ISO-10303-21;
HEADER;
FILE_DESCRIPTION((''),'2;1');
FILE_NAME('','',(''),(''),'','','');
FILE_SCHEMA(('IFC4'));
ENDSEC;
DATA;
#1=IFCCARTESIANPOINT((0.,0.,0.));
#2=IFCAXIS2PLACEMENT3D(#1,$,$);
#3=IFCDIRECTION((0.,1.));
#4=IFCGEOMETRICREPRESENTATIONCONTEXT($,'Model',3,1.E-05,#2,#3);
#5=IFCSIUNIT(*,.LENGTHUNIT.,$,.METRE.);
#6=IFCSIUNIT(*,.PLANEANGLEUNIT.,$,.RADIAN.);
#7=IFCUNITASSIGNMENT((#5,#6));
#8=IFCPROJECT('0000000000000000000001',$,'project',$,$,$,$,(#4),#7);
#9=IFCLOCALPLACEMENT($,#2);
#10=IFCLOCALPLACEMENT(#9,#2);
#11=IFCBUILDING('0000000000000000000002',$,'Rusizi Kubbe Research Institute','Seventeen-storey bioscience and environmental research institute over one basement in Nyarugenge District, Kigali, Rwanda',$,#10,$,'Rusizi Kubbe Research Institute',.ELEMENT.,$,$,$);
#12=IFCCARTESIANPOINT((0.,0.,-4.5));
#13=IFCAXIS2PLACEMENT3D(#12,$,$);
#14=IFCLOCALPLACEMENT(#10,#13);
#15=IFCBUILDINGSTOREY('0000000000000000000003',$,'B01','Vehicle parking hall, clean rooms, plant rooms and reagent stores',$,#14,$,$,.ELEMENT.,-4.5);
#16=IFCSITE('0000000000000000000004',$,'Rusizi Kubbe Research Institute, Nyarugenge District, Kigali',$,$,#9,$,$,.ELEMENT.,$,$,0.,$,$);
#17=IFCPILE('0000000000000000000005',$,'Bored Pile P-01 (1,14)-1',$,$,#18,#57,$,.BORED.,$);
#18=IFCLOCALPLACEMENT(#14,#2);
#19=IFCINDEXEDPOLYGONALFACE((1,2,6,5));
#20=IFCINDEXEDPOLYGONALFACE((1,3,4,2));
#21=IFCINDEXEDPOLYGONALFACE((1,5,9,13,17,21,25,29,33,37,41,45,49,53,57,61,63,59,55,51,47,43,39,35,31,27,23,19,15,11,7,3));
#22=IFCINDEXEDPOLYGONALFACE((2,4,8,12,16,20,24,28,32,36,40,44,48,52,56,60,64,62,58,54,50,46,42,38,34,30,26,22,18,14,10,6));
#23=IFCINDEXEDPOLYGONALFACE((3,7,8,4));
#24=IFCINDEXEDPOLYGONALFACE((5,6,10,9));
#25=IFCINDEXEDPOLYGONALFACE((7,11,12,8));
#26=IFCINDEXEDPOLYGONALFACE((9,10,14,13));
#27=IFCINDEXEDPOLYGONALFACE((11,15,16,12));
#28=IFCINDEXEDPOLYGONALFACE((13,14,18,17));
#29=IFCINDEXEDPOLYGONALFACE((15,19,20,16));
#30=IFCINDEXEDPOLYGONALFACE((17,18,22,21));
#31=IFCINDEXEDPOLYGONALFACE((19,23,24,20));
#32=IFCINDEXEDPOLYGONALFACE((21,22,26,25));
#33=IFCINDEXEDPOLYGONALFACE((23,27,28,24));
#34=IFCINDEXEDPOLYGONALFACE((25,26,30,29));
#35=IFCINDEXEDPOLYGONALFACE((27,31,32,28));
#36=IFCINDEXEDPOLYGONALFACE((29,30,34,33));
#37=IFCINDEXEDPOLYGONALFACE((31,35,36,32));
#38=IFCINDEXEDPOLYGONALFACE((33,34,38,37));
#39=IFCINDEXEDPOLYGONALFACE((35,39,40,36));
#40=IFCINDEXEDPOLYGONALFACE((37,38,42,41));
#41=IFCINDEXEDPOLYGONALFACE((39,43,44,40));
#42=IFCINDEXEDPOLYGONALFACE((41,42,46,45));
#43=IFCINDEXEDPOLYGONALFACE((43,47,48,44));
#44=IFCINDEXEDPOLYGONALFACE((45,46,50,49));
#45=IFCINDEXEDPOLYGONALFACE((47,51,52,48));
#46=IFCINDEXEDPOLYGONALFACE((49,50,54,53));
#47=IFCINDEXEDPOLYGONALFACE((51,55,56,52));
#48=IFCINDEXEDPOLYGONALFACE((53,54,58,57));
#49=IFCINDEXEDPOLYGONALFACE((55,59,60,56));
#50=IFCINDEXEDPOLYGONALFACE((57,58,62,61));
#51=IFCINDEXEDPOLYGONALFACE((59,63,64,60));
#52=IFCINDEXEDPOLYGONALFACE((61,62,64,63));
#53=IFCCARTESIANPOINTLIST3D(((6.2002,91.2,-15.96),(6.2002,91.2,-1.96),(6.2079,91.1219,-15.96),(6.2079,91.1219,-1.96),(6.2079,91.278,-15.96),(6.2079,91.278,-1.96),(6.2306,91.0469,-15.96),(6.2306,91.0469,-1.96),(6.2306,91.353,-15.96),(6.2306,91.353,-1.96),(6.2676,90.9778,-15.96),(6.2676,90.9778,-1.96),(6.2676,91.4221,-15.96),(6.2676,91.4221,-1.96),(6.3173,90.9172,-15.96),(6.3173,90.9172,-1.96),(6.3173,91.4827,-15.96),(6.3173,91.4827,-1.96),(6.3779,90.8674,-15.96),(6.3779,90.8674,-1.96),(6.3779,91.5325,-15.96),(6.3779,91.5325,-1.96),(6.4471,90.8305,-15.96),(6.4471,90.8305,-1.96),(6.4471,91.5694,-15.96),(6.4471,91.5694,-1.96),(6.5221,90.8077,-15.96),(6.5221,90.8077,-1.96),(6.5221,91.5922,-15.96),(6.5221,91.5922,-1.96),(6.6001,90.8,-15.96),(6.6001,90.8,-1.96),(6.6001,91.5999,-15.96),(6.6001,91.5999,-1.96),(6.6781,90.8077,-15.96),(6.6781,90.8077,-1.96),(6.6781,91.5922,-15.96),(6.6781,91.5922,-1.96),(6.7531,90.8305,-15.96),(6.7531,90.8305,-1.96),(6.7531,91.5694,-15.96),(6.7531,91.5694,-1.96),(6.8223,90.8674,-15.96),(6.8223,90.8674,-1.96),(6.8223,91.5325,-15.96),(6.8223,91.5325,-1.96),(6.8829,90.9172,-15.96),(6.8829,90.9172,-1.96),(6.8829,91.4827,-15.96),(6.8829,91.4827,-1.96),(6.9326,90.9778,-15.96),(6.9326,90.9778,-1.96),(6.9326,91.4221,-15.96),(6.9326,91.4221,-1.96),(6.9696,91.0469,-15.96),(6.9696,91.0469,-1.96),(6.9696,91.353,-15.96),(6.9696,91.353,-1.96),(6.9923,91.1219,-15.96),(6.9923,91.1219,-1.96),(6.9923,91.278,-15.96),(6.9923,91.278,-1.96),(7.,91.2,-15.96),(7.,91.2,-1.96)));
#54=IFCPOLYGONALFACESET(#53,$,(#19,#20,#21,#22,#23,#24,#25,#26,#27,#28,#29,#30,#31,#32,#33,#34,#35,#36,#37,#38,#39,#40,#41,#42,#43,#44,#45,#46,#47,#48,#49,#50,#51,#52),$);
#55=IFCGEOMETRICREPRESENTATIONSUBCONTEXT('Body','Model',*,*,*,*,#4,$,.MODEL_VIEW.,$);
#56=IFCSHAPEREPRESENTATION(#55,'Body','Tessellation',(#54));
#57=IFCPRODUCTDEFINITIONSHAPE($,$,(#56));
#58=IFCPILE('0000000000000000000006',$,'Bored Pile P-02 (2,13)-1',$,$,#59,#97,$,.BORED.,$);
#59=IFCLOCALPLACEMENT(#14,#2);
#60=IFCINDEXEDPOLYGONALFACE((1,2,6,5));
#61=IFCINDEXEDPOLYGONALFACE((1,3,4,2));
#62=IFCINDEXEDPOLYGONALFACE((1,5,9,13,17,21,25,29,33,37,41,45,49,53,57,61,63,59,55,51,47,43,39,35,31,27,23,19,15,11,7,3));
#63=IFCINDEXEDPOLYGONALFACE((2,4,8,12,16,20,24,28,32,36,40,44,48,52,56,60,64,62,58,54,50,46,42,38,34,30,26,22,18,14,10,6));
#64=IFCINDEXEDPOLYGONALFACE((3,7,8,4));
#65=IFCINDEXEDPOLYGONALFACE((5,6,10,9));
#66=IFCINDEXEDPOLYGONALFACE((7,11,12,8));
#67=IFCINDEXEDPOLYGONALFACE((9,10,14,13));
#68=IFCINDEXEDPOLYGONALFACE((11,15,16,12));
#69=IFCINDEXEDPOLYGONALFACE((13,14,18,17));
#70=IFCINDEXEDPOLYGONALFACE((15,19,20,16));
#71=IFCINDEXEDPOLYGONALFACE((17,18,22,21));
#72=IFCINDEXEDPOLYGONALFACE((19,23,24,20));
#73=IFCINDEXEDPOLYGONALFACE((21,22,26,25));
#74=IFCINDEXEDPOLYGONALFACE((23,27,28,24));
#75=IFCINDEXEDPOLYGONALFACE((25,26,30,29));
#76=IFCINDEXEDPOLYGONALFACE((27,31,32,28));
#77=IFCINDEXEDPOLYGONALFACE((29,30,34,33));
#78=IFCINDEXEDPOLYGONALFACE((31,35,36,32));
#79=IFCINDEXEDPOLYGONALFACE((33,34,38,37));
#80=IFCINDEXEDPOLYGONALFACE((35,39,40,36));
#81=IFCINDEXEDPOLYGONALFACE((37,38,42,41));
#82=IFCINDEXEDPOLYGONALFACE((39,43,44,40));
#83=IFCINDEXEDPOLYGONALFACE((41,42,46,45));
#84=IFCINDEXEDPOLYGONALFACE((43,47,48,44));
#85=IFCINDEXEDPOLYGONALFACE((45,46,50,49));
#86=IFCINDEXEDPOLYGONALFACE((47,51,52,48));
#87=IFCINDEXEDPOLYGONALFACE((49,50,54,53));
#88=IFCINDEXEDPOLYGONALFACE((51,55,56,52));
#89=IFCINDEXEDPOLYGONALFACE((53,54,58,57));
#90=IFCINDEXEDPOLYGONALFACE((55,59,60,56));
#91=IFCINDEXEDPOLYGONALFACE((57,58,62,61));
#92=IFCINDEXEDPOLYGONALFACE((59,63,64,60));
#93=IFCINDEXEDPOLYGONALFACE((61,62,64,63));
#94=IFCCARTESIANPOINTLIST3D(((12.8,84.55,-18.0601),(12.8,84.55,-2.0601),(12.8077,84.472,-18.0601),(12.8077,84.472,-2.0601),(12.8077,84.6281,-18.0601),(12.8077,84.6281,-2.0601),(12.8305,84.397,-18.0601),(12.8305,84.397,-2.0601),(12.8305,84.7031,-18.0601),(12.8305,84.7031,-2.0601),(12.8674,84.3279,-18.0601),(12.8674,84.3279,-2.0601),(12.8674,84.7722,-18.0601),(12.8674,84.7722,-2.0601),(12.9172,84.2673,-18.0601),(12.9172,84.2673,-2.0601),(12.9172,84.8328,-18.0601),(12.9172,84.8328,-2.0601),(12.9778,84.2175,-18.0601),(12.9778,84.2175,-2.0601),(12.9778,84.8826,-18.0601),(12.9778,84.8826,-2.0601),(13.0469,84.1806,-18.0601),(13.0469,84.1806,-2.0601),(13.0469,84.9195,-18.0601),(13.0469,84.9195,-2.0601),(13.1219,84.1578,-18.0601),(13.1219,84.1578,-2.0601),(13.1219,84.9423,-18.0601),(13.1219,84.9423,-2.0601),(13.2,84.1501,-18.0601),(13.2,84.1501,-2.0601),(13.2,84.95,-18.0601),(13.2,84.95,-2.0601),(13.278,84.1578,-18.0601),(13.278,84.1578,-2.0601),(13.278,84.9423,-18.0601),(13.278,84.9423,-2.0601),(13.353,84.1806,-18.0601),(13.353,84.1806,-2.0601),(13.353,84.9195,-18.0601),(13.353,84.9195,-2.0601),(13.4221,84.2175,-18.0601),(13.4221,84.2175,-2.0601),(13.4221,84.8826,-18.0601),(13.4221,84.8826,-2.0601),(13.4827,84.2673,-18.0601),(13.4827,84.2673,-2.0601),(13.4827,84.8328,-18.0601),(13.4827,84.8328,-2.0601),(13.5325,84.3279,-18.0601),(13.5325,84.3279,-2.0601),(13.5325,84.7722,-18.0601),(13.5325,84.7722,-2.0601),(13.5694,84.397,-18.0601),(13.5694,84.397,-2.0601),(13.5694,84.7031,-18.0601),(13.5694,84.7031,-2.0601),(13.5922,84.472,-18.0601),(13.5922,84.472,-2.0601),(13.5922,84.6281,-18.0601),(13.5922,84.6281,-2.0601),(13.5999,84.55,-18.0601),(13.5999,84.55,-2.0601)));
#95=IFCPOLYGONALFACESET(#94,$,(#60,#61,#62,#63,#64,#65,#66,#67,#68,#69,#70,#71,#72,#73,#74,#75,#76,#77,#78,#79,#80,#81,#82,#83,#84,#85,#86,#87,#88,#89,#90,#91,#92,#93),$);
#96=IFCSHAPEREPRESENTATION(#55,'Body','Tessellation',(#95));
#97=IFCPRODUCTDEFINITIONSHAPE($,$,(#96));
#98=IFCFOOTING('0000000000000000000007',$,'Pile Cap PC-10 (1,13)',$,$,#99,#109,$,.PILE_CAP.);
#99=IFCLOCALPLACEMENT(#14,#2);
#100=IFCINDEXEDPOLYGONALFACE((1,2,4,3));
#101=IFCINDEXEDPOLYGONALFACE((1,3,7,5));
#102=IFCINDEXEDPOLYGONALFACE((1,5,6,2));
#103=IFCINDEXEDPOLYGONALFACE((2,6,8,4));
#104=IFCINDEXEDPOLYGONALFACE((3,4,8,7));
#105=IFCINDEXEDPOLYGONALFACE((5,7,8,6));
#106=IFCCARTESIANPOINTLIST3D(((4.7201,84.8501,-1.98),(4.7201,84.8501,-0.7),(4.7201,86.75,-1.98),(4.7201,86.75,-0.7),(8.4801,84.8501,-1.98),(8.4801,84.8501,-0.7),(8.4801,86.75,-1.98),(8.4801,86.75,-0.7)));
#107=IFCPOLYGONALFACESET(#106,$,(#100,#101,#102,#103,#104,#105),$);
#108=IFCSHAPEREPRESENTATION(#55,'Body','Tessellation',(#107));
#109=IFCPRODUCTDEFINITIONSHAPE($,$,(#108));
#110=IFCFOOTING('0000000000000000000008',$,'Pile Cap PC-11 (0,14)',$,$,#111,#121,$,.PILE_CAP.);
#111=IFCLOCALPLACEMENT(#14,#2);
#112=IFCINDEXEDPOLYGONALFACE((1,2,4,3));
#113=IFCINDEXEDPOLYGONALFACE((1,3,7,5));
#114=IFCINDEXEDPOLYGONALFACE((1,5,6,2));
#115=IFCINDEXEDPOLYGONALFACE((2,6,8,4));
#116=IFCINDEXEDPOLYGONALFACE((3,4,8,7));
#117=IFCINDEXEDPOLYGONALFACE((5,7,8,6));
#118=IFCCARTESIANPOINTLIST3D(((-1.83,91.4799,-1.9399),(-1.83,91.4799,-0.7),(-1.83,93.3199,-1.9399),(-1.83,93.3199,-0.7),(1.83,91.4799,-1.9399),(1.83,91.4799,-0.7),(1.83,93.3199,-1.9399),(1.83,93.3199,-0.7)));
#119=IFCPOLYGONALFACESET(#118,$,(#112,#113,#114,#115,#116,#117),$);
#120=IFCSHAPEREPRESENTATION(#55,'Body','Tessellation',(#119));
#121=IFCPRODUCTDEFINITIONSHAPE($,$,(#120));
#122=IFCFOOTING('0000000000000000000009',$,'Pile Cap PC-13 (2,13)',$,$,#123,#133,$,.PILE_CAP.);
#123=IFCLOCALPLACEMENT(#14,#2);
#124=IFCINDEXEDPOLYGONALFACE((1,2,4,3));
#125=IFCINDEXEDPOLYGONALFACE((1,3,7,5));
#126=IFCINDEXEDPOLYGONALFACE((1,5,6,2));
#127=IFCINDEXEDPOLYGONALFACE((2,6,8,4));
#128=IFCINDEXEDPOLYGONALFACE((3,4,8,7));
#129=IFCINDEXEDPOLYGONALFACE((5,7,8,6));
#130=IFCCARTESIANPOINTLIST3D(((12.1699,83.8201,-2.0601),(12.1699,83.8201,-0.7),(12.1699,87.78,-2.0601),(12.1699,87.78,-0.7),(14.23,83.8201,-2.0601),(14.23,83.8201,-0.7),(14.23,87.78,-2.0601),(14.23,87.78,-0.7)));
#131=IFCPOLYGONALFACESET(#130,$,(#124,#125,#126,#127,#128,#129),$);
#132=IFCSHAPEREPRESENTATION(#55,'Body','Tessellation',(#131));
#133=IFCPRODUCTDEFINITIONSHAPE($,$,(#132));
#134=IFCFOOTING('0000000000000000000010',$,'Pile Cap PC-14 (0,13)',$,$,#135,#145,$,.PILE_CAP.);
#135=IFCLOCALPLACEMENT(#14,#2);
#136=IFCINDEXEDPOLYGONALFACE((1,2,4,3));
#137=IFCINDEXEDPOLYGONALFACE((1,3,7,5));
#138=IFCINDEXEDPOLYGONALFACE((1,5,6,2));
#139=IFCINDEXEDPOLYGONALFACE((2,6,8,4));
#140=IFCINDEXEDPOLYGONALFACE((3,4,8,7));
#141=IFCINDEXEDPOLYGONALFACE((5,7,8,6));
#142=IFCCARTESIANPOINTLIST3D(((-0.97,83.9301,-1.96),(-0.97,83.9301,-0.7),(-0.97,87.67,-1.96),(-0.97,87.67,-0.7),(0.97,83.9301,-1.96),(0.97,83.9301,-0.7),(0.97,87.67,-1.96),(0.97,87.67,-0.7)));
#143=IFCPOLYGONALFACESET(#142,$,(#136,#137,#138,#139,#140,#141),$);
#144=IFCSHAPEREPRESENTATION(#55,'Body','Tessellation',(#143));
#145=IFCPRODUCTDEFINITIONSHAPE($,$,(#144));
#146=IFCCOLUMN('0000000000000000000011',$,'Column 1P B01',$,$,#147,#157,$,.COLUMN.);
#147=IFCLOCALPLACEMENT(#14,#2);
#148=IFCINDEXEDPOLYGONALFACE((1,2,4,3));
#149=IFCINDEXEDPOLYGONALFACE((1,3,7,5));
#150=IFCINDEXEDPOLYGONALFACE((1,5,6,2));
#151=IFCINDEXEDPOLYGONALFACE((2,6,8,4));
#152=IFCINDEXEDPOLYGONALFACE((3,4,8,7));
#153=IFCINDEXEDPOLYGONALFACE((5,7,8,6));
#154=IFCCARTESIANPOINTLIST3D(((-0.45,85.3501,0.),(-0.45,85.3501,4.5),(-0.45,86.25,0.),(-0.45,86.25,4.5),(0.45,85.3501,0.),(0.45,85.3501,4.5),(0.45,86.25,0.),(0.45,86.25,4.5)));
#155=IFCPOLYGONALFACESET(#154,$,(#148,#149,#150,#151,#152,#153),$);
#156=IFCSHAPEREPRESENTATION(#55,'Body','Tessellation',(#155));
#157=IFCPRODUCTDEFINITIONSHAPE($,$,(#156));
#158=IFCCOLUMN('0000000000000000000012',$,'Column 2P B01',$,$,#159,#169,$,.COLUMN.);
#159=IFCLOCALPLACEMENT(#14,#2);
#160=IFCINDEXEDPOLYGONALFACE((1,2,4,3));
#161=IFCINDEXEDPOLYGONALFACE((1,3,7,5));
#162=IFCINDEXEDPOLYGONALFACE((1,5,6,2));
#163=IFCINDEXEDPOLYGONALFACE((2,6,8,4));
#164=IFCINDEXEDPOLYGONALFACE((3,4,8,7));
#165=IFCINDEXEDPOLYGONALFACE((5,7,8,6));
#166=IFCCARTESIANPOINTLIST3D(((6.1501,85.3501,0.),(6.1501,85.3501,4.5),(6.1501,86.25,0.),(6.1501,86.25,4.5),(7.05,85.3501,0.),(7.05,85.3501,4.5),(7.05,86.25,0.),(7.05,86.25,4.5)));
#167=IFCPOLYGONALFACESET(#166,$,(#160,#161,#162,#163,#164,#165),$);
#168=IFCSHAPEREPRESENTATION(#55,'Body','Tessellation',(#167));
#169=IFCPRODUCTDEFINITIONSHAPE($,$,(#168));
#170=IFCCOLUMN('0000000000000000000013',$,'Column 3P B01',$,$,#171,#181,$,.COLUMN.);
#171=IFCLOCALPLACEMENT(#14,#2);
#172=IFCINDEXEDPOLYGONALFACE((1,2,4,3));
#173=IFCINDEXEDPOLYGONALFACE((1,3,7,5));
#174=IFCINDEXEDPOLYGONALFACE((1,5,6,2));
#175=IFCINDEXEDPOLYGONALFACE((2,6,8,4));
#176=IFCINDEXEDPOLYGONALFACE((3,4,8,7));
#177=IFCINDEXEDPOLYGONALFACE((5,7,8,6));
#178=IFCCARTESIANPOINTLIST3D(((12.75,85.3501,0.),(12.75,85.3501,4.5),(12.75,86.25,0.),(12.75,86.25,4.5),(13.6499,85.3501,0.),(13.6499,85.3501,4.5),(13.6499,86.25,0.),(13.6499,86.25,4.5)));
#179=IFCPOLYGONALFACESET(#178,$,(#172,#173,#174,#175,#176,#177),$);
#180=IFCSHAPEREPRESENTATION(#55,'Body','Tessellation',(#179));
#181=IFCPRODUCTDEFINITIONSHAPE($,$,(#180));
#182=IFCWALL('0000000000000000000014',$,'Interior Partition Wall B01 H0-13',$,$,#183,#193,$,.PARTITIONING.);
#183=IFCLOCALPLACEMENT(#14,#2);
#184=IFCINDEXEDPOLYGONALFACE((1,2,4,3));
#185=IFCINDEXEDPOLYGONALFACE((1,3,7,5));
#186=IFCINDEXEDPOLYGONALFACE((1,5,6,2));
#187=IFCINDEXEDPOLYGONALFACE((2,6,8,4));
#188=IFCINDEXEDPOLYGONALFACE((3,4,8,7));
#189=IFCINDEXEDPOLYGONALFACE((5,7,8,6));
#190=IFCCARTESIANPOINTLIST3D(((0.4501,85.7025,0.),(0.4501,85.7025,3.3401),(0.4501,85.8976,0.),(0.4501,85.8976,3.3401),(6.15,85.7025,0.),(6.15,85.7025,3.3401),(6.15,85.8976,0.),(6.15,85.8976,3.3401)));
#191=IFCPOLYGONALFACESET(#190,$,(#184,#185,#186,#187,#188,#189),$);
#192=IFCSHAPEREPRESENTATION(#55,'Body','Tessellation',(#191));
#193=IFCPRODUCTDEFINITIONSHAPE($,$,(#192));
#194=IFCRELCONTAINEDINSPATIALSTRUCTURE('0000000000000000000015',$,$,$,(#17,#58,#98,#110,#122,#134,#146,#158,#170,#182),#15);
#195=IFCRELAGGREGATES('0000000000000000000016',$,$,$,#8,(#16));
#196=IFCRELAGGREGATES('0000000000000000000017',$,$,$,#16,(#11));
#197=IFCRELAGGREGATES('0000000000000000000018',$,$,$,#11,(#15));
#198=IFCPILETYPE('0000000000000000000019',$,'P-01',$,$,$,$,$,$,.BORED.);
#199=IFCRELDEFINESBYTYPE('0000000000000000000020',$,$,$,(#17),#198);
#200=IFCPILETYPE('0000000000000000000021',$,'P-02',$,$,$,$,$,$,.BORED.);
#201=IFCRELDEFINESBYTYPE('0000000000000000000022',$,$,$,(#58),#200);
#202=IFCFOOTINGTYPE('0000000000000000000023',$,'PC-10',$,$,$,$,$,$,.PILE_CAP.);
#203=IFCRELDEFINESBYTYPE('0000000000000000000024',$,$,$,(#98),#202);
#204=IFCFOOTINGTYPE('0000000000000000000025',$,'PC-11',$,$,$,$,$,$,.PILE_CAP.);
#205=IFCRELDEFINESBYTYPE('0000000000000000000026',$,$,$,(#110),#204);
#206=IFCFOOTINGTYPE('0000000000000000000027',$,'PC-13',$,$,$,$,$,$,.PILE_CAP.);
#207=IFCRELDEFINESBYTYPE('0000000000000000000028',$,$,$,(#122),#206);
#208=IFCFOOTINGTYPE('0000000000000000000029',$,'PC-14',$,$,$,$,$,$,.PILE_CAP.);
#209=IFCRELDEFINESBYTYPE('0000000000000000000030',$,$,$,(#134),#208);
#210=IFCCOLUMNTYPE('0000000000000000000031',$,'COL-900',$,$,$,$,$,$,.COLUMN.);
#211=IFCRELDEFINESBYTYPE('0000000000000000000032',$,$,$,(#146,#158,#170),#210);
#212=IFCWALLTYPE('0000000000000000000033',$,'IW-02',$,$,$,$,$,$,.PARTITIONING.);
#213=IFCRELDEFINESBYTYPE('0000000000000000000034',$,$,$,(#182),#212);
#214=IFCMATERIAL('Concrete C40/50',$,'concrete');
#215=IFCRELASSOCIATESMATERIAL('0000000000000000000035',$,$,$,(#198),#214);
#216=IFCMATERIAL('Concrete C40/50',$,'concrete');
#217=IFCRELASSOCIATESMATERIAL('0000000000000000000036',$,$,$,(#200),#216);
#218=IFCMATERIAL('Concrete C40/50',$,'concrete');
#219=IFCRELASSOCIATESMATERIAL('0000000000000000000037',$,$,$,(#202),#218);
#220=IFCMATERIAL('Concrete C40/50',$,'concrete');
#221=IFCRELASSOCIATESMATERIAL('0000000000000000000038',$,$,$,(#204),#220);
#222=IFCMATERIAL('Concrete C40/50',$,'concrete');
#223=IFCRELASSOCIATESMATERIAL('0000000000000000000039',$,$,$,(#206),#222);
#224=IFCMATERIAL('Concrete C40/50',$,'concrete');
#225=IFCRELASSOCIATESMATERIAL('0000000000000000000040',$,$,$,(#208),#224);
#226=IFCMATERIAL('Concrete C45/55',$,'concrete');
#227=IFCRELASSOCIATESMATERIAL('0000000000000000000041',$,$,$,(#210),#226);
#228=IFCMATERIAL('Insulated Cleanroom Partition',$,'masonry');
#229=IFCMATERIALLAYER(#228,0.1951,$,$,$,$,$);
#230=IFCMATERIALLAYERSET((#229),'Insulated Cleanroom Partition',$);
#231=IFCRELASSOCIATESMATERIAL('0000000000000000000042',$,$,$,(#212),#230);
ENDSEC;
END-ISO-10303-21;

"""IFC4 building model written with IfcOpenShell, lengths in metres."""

from ifc_helpers import new_model, si_unit, direction, frame, frame_2d, origin, origin_2d, place, context, subcontext, project, spatial, rectangle, circle, extrude, material, layer, layer_set, material_profile, profile_set, type_object, element, save


model = new_model("IFC4")

# Units and contexts
model_context = context("Model", 3, precision=1e-05, world=origin(), true_north=direction((0.0, 1.0)))
body_context = subcontext(model_context, "Body", "Model", "MODEL_VIEW")
ifc_project = project(units=[si_unit("LENGTHUNIT", "METRE"), si_unit("PLANEANGLEUNIT", "RADIAN")], contexts=[model_context])

# Site, building, storey
site_placement = place(None, origin())
site = spatial("IfcSite", under=ifc_project, at=site_placement, Name="Rusizi Kubbe Research Institute, Nyarugenge District, Kigali", CompositionType="ELEMENT", RefElevation=0.0)
building_placement = place(site_placement, origin())
building = spatial("IfcBuilding", under=site, at=building_placement, Name="Rusizi Kubbe Research Institute", Description="Seventeen-storey bioscience and environmental research institute over one basement in Nyarugenge District, Kigali, Rwanda", LongName="Rusizi Kubbe Research Institute", CompositionType="ELEMENT")
storey_placement = place(building_placement, frame((0.0, 0.0, -4.5)))
storey = spatial("IfcBuildingStorey", under=building, at=storey_placement, Name="B01", Description="Vehicle parking hall, clean rooms, plant rooms and reagent stores", CompositionType="ELEMENT", Elevation=-4.5)

# Piles
ifc_material_1 = material(Name="Concrete C40/50", Category="concrete")
ifc_material_profile_1 = material_profile(ifc_material_1, circle(Radius=0.3999, at=origin_2d()), Name="PILE-D800")
ifc_profile_set_1 = profile_set([ifc_material_profile_1], Name="Concrete C40/50")
pile_type_1 = type_object("IfcPileType", Name="P-01", PredefinedType="BORED", material=ifc_profile_set_1)
for number, where, z_axis, x_axis, name in (
    (1, (6.6001, 91.2, -1.96), (0.0, 0.0, -1.0), (1.0, 0.0, 0.0), "Bored Pile P-01 (1,14)-1"),
):
    element("IfcPile", number, at=place(storey_placement, frame(where, z_axis=z_axis, x_axis=x_axis)), inside=storey, type_object=pile_type_1, Name=name, PredefinedType="BORED", context=body_context, shape_type="SweptSolid", body=[
        extrude(circle(Radius=0.3999, at=origin_2d()), origin(), (0.0, 0.0, 1.0), 14.0),
    ])
ifc_material_2 = material(Name="Concrete C40/50", Category="concrete")
ifc_material_profile_2 = material_profile(ifc_material_2, circle(Radius=0.3999, at=origin_2d()), Name="PILE-D800")
ifc_profile_set_2 = profile_set([ifc_material_profile_2], Name="Concrete C40/50")
pile_type_2 = type_object("IfcPileType", Name="P-02", PredefinedType="BORED", material=ifc_profile_set_2)
pile_placement = place(storey_placement, frame((13.2, 84.55, -2.0601), z_axis=(0.0, 0.0, -1.0), x_axis=(1.0, 0.0, 0.0)))
element("IfcPile", 2, at=pile_placement, inside=storey, type_object=pile_type_2, Name="Bored Pile P-02 (2,13)-1", PredefinedType="BORED", context=body_context, shape_type="SweptSolid", body=[
    extrude(circle(Radius=0.3999, at=origin_2d()), origin(), (0.0, 0.0, 1.0), 16.0),
])

# Footings
ifc_material_3 = material(Name="Concrete C40/50", Category="concrete")
footing_type_1 = type_object("IfcFootingType", Name="PC-10", PredefinedType="PILE_CAP", material=ifc_material_3)
footing_1_placement = place(storey_placement, frame((6.6001, 85.8, -1.98), z_axis=(0.0, 0.0, 1.0), x_axis=(1.0, 0.0, 0.0)))
element("IfcFooting", 3, at=footing_1_placement, inside=storey, type_object=footing_type_1, Name="Pile Cap PC-10 (1,13)", PredefinedType="PILE_CAP", context=body_context, shape_type="SweptSolid", body=[
    extrude(rectangle(XDim=3.76, YDim=1.8999, at=origin_2d()), origin(), (0.0, 0.0, 1.0), 1.28),
])
ifc_material_4 = material(Name="Concrete C40/50", Category="concrete")
footing_type_2 = type_object("IfcFootingType", Name="PC-11", PredefinedType="PILE_CAP", material=ifc_material_4)
footing_2_placement = place(storey_placement, frame((0.0, 92.3999, -1.9399), z_axis=(0.0, 0.0, 1.0), x_axis=(1.0, 0.0, 0.0)))
element("IfcFooting", 4, at=footing_2_placement, inside=storey, type_object=footing_type_2, Name="Pile Cap PC-11 (0,14)", PredefinedType="PILE_CAP", context=body_context, shape_type="SweptSolid", body=[
    extrude(rectangle(XDim=3.6599, YDim=1.8401, at=origin_2d()), origin(), (0.0, 0.0, 1.0), 1.24),
])
ifc_material_5 = material(Name="Concrete C40/50", Category="concrete")
footing_type_3 = type_object("IfcFootingType", Name="PC-13", PredefinedType="PILE_CAP", material=ifc_material_5)
footing_3_placement = place(storey_placement, frame((13.2, 85.8, -2.0601), z_axis=(0.0, 0.0, 1.0), x_axis=(1.0, 0.0, 0.0)))
element("IfcFooting", 5, at=footing_3_placement, inside=storey, type_object=footing_type_3, Name="Pile Cap PC-13 (2,13)", PredefinedType="PILE_CAP", context=body_context, shape_type="SweptSolid", body=[
    extrude(rectangle(XDim=2.0601, YDim=3.96, at=origin_2d()), origin(), (0.0, 0.0, 1.0), 1.3601),
])
ifc_material_6 = material(Name="Concrete C40/50", Category="concrete")
footing_type_4 = type_object("IfcFootingType", Name="PC-14", PredefinedType="PILE_CAP", material=ifc_material_6)
footing_4_placement = place(storey_placement, frame((0.0, 85.8, -1.96), z_axis=(0.0, 0.0, 1.0), x_axis=(1.0, 0.0, 0.0)))
element("IfcFooting", 6, at=footing_4_placement, inside=storey, type_object=footing_type_4, Name="Pile Cap PC-14 (0,13)", PredefinedType="PILE_CAP", context=body_context, shape_type="SweptSolid", body=[
    extrude(rectangle(XDim=1.9399, YDim=3.74, at=origin_2d()), origin(), (0.0, 0.0, 1.0), 1.26),
])

# Columns
ifc_material_7 = material(Name="Concrete C45/55", Category="concrete")
ifc_material_profile_3 = material_profile(ifc_material_7, rectangle(XDim=0.8999, YDim=0.8999, at=origin_2d()), Name="RC900x900")
ifc_profile_set_3 = profile_set([ifc_material_profile_3], Name="Concrete C45/55")
column_type = type_object("IfcColumnType", Name="COL-900", PredefinedType="COLUMN", material=ifc_profile_set_3)
for number, where, z_axis, x_axis, name in (
    (7, (0.0, 85.8, 0.0), (0.0, 0.0, 1.0), (1.0, 0.0, 0.0), "Column 1P B01"),
    (8, (6.6001, 85.8, 0.0), (0.0, 0.0, 1.0), (1.0, 0.0, 0.0), "Column 2P B01"),
    (9, (13.2, 85.8, 0.0), (0.0, 0.0, 1.0), (1.0, 0.0, 0.0), "Column 3P B01"),
):
    element("IfcColumn", number, at=place(storey_placement, frame(where, z_axis=z_axis, x_axis=x_axis)), inside=storey, type_object=column_type, Name=name, PredefinedType="COLUMN", context=body_context, shape_type="SweptSolid", body=[
        extrude(rectangle(XDim=0.8999, YDim=0.8999, at=origin_2d()), origin(), (0.0, 0.0, 1.0), 4.5),
    ])

# Wall
ifc_material_8 = material(Name="Insulated Cleanroom Partition", Category="masonry")
ifc_layer_1 = layer(ifc_material_8, 0.1951)
ifc_layer_set_1 = layer_set([ifc_layer_1], Name="Insulated Cleanroom Partition")
wall_type_1 = type_object("IfcWallType", Name="IW-02", PredefinedType="PARTITIONING", material=ifc_layer_set_1)
wall_1_placement = place(storey_placement, frame((0.45, 85.8, 0.0), z_axis=(0.0, 0.0, 1.0), x_axis=(1.0, 0.0, 0.0)))
element("IfcWall", 10, at=wall_1_placement, inside=storey, type_object=wall_type_1, Name="Interior Partition Wall B01 H0-13", PredefinedType="PARTITIONING", context=body_context, shape_type="SweptSolid", body=[
    extrude(rectangle(XDim=5.7, YDim=0.1951, at=frame_2d((2.8501, 0.0))), origin(), (0.0, 0.0, 1.0), 3.3401),
])

save(model, "model.ifc")
